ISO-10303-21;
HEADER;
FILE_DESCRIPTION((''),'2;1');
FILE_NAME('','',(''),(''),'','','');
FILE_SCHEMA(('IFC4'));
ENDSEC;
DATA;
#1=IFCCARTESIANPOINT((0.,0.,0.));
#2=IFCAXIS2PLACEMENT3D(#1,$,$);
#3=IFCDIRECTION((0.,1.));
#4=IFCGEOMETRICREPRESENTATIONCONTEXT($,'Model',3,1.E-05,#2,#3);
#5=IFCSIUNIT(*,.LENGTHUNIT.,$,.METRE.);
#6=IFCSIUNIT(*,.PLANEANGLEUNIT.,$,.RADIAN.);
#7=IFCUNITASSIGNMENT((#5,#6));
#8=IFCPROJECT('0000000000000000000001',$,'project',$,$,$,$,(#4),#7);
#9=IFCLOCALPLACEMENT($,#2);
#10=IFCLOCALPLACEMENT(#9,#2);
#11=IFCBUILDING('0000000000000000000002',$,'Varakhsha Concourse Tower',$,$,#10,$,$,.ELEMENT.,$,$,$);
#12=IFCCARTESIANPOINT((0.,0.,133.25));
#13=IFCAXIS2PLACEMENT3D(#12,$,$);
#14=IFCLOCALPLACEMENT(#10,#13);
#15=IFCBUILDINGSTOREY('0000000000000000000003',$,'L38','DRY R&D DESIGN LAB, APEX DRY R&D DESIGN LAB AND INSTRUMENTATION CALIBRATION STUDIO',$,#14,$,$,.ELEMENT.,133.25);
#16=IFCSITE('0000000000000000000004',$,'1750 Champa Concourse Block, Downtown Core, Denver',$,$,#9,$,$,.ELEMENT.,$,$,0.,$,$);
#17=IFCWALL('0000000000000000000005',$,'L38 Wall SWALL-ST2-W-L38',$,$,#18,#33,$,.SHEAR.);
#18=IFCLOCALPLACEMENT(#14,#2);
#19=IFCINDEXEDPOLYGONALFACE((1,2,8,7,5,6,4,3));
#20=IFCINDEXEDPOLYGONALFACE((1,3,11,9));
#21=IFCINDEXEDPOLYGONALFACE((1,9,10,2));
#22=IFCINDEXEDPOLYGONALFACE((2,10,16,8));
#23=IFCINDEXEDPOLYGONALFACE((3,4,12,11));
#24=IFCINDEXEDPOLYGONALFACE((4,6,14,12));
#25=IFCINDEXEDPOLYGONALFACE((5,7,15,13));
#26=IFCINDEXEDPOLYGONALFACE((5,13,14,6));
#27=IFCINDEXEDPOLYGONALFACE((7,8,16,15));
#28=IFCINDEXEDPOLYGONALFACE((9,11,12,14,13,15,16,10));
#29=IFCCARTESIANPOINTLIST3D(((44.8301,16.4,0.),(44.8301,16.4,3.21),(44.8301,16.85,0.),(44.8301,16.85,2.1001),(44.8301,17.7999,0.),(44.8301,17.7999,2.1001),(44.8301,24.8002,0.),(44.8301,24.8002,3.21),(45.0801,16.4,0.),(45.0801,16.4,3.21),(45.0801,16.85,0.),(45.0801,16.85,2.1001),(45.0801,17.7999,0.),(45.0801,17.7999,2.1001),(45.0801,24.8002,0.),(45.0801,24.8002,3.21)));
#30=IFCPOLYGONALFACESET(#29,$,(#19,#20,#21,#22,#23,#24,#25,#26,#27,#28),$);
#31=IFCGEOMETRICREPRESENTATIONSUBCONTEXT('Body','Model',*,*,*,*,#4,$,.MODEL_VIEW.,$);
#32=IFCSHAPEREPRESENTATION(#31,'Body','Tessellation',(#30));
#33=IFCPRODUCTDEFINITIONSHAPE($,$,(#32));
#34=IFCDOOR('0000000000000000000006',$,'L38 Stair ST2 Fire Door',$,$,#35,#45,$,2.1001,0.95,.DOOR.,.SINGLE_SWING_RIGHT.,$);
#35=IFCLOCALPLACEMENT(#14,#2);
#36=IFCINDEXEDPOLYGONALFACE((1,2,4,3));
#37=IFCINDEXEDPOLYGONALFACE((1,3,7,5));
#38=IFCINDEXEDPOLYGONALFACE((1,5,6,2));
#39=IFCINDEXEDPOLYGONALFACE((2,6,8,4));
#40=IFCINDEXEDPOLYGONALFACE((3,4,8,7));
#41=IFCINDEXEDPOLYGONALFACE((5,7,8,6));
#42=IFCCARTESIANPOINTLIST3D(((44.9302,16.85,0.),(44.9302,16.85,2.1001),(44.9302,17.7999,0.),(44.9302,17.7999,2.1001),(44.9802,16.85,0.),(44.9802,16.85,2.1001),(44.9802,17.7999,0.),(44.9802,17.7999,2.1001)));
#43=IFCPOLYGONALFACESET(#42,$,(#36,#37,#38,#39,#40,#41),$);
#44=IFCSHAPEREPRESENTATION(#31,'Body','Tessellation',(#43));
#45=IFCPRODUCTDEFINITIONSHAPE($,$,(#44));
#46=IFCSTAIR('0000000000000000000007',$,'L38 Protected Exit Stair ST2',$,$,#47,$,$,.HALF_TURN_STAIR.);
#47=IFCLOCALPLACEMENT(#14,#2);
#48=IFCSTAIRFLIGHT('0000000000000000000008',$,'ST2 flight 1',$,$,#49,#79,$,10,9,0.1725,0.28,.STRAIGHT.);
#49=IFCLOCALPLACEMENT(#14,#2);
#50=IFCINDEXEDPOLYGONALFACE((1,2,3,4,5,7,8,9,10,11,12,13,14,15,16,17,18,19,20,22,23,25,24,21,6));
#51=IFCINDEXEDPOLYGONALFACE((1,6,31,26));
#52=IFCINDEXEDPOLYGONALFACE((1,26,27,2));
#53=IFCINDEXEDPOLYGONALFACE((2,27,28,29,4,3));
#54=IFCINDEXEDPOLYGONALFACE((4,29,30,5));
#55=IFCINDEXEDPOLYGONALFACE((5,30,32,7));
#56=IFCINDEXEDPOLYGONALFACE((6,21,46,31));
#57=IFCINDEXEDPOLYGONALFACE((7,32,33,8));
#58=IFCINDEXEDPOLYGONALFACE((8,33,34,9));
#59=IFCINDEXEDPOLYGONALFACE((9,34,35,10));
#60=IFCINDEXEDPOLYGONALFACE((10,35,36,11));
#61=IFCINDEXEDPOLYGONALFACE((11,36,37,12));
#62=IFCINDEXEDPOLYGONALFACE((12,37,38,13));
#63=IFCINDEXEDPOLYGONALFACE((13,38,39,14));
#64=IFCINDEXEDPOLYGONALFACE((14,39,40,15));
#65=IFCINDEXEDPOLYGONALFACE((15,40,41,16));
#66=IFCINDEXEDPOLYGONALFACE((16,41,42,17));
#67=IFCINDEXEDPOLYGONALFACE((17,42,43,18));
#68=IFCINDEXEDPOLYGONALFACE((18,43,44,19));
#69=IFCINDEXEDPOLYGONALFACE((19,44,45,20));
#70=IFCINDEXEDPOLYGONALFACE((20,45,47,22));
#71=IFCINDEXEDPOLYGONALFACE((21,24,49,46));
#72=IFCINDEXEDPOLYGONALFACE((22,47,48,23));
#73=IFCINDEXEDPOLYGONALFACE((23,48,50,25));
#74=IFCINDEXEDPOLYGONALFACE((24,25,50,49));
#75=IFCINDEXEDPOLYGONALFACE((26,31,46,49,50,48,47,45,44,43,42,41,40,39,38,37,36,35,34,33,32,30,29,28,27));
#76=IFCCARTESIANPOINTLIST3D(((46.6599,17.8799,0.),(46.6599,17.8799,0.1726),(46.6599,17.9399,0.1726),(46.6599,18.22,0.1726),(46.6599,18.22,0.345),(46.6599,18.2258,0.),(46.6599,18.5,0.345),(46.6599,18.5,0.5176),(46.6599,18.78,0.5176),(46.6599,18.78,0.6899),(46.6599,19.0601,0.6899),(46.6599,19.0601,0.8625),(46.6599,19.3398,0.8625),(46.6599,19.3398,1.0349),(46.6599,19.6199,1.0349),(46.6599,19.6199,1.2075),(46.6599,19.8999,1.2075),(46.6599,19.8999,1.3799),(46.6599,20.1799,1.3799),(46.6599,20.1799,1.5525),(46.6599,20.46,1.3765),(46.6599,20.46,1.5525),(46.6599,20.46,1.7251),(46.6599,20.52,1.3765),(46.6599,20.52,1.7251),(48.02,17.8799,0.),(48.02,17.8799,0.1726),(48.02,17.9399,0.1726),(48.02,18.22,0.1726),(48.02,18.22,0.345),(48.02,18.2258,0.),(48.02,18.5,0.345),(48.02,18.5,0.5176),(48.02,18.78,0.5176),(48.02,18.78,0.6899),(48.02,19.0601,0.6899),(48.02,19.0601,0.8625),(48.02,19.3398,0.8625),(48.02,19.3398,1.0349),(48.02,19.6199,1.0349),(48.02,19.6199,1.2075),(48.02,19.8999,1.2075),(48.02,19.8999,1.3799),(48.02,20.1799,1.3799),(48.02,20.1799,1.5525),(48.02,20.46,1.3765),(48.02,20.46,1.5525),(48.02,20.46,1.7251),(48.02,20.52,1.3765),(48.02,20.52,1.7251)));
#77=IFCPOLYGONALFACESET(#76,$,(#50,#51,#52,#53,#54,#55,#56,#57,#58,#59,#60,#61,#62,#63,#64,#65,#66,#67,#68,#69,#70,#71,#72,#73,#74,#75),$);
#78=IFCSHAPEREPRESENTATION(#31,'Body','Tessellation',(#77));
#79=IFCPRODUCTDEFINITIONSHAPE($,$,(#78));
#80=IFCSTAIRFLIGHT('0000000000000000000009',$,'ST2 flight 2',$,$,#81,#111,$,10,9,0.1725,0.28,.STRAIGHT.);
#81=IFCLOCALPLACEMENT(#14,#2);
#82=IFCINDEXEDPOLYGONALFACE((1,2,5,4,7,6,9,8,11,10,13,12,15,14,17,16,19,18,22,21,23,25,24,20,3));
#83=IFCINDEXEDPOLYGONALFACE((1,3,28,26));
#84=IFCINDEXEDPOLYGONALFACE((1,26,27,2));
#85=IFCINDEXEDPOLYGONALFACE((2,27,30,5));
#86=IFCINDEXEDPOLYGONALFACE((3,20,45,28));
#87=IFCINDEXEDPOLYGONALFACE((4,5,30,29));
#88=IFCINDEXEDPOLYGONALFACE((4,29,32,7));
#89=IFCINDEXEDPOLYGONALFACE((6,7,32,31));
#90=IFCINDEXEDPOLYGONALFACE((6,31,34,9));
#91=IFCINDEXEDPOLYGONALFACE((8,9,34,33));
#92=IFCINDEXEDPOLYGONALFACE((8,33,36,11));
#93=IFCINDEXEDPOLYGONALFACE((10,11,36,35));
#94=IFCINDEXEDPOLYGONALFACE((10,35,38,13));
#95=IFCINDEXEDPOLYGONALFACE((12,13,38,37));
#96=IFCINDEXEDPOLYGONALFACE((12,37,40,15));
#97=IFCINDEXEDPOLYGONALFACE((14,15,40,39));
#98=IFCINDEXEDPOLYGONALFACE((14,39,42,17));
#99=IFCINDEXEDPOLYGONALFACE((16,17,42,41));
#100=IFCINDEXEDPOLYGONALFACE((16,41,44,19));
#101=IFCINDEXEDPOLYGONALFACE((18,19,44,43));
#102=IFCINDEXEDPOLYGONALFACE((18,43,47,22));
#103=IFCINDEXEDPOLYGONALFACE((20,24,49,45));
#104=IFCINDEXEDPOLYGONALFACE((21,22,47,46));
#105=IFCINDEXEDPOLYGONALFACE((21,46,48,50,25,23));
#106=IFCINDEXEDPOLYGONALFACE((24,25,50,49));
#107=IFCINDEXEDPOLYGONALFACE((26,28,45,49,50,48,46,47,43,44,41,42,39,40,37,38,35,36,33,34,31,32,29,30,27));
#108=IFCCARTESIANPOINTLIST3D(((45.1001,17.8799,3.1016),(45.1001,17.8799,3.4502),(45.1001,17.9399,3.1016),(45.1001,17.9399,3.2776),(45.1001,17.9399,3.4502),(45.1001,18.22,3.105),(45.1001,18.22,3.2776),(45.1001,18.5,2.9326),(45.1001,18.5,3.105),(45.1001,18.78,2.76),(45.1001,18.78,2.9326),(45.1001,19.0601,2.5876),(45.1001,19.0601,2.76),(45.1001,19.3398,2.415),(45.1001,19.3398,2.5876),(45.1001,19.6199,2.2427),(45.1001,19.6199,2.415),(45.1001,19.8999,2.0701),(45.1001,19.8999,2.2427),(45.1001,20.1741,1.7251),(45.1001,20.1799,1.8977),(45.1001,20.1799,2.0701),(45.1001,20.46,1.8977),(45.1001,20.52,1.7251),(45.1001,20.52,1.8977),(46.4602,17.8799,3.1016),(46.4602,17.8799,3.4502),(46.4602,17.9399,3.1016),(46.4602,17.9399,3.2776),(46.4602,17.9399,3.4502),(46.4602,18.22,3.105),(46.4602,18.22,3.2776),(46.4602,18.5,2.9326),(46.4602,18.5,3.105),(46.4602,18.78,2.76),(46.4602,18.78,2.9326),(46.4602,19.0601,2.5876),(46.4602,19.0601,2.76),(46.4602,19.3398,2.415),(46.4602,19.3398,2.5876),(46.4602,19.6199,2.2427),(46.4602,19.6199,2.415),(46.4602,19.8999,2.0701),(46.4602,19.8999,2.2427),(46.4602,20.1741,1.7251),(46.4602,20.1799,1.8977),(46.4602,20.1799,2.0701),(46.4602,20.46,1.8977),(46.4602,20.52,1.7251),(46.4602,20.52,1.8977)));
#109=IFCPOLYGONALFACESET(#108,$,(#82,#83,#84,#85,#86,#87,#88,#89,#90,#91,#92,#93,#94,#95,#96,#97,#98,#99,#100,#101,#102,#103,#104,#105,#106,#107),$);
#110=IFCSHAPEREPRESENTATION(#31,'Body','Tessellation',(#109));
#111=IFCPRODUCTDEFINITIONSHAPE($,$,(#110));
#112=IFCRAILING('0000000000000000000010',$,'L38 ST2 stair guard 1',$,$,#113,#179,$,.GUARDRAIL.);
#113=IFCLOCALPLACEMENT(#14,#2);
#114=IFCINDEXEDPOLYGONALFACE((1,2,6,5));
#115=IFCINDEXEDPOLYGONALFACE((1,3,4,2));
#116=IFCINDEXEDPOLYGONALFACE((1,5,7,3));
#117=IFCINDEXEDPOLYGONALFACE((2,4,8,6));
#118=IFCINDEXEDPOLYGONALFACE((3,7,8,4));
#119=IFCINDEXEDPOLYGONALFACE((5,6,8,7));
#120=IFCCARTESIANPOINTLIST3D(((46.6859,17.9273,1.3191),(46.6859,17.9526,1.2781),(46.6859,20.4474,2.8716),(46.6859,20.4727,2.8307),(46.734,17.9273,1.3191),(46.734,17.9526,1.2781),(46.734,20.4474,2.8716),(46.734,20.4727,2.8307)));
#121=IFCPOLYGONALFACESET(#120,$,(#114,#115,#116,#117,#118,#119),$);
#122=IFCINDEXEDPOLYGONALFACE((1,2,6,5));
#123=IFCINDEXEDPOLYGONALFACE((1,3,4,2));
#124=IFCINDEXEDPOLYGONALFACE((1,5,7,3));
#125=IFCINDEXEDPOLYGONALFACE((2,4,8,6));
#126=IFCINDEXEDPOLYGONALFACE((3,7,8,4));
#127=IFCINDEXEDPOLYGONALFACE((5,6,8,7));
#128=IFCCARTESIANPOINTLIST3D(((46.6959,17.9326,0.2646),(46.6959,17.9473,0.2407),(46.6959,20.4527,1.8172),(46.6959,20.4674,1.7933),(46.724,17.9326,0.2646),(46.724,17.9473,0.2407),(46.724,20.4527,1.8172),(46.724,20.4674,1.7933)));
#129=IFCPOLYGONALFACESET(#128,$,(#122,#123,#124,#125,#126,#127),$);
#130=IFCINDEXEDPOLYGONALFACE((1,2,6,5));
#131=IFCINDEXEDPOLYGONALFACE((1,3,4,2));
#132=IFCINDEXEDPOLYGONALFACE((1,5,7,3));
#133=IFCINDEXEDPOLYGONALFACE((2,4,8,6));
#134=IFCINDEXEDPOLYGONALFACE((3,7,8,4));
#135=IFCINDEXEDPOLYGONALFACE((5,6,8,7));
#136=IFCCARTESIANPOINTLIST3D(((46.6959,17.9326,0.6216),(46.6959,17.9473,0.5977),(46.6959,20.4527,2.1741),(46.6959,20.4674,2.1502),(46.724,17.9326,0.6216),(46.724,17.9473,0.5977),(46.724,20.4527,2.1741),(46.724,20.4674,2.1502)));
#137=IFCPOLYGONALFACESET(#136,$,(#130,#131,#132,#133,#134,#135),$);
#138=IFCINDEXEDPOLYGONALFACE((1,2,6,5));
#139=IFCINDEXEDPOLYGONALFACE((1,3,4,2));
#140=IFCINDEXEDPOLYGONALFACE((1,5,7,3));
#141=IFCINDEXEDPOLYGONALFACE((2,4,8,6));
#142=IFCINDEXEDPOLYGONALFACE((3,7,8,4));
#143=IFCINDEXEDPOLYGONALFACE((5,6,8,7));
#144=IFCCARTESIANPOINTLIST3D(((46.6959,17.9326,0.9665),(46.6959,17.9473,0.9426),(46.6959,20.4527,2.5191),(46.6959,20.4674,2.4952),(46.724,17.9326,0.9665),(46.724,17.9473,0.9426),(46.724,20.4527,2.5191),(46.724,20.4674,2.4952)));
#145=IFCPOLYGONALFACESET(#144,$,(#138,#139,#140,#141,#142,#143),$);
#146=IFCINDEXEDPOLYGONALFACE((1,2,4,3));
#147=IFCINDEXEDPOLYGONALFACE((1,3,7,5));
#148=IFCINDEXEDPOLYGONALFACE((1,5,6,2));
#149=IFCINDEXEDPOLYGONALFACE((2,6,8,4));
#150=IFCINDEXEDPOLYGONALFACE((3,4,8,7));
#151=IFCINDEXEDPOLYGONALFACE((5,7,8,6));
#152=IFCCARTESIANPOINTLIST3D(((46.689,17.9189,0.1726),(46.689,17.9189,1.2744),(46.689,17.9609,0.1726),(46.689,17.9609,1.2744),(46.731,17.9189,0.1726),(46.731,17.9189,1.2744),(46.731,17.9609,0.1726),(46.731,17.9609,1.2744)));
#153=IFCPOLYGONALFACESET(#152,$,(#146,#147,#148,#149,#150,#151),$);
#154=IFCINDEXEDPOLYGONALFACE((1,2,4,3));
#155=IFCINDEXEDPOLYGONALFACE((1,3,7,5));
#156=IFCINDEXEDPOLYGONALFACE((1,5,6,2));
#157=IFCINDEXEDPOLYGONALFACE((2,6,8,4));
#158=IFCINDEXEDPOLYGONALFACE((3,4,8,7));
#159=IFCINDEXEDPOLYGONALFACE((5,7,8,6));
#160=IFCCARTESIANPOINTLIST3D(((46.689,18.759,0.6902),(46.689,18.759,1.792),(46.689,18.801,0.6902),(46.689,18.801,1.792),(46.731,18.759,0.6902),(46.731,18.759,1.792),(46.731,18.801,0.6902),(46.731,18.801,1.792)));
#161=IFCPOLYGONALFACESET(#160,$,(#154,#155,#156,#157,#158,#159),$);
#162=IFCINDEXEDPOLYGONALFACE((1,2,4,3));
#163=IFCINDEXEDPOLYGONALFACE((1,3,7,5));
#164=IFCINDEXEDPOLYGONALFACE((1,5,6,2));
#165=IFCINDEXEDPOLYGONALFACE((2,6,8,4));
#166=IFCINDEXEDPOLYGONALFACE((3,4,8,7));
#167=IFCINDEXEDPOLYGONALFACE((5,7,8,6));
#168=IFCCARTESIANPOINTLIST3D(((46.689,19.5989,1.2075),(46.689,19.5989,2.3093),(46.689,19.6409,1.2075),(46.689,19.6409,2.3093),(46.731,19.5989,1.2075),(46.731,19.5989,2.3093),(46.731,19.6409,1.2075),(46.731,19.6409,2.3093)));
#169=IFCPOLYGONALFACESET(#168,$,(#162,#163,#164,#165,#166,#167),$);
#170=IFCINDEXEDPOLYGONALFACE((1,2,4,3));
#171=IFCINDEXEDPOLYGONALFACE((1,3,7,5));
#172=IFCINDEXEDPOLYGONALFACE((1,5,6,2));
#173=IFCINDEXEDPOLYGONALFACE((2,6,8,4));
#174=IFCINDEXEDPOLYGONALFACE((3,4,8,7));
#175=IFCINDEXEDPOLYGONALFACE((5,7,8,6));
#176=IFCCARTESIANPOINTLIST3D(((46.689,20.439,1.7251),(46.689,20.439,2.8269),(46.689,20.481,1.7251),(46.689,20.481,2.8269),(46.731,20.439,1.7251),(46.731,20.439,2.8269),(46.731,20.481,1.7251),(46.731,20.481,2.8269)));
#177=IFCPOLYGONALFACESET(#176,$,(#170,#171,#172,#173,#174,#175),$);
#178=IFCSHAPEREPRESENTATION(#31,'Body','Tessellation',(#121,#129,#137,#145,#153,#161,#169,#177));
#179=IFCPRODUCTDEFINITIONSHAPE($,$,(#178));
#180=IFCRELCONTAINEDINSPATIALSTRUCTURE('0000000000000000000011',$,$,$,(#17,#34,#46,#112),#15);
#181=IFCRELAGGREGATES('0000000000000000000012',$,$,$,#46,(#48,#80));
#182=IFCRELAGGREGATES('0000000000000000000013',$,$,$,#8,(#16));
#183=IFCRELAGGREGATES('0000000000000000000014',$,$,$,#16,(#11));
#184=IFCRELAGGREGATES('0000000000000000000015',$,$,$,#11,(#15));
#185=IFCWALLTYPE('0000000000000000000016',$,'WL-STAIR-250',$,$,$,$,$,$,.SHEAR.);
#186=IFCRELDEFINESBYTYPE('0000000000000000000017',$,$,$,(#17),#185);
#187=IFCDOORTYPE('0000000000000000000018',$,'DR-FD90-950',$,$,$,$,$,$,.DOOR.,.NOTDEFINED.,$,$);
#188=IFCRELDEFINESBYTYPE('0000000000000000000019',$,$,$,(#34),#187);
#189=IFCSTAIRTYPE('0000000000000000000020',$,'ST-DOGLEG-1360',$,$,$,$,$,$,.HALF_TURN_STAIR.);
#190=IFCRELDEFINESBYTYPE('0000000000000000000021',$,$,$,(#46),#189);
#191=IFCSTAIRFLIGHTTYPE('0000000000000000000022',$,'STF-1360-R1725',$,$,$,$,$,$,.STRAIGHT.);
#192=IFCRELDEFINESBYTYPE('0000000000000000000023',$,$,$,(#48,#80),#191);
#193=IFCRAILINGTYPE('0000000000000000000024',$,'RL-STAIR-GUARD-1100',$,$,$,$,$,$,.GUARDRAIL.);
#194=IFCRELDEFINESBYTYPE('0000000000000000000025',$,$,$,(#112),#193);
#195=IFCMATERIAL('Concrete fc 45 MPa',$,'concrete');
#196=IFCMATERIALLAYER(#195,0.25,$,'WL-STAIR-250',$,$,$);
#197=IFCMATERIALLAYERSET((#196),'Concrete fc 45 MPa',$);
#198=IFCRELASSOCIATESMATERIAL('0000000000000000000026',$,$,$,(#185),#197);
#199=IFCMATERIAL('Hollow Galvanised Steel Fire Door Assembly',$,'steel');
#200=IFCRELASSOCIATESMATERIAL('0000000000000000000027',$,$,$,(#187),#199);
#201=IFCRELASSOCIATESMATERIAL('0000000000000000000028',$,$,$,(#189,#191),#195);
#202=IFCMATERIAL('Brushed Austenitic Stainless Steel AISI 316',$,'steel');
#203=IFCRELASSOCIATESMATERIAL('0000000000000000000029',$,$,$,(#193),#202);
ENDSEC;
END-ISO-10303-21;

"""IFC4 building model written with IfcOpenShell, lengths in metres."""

from ifc_helpers import new_model, si_unit, direction, frame, frame_2d, origin, origin_2d, place, context, subcontext, project, spatial, polyline, rectangle, outline, extrude, material, layer, layer_set, type_object, element, fill, aggregate, save


model = new_model("IFC4")

# Units and contexts
model_context = context("Model", 3, precision=1e-05, world=origin(), true_north=direction((0.0, 1.0)))
body_context = subcontext(model_context, "Body", "Model", "MODEL_VIEW")
ifc_project = project(units=[si_unit("LENGTHUNIT", "METRE"), si_unit("PLANEANGLEUNIT", "RADIAN")], contexts=[model_context])

# Site, building, storey
site_placement = place(None, origin())
site = spatial("IfcSite", under=ifc_project, at=site_placement, Name="1750 Champa Concourse Block, Downtown Core, Denver", CompositionType="ELEMENT", RefElevation=0.0)
building_placement = place(site_placement, origin())
building = spatial("IfcBuilding", under=site, at=building_placement, Name="Varakhsha Concourse Tower", CompositionType="ELEMENT")
storey_placement = place(building_placement, frame((0.0, 0.0, 133.25)))
storey = spatial("IfcBuildingStorey", under=building, at=storey_placement, Name="L38", Description="DRY R&D DESIGN LAB, APEX DRY R&D DESIGN LAB AND INSTRUMENTATION CALIBRATION STUDIO", CompositionType="ELEMENT", Elevation=133.25)

# Shared definitions
ifc_material_1 = material(Name="Hollow Galvanised Steel Fire Door Assembly", Category="steel")

# Wall, opening, door
ifc_material_2 = material(Name="Concrete fc 45 MPa", Category="concrete")
ifc_layer_1 = layer(ifc_material_2, 0.25, Name="WL-STAIR-250")
ifc_layer_set_1 = layer_set([ifc_layer_1], Name="Concrete fc 45 MPa")
wall_type_1 = type_object("IfcWallType", Name="WL-STAIR-250", PredefinedType="SHEAR", material=ifc_layer_set_1)
wall_1_placement = place(storey_placement, frame((44.9551, 16.3999, 0.0), z_axis=(0.0, 0.0, 1.0), x_axis=(0.0, 1.0, 0.0)))
wall_1 = element("IfcWall", 1, at=wall_1_placement, inside=storey, type_object=wall_type_1, Name="L38 Wall SWALL-ST2-W-L38", PredefinedType="SHEAR", context=body_context, shape_type="SweptSolid", body=[
    extrude(rectangle(XDim=8.4001, YDim=0.25, at=frame_2d((4.2002, 0.0))), origin(), (0.0, 0.0, 1.0), 3.21),
])
opening_1_placement = place(wall_1_placement, frame((0.45, 0.0, 0.0)))
opening_1 = element("IfcOpeningElement", 2, at=opening_1_placement, cuts=wall_1, PredefinedType="OPENING", context=body_context, shape_type="SweptSolid", body=[
    extrude(rectangle(XDim=0.95, YDim=2.1001, at=frame_2d((0.4751, 1.05))), frame((0.0, 0.135, 0.0), z_axis=(0.0, -1.0, 0.0), x_axis=(1.0, 0.0, 0.0)), (0.0, 0.0, 1.0), 0.27),
])
door_type_1 = type_object("IfcDoorType", Name="DR-FD90-950", OperationType="NOTDEFINED", PredefinedType="DOOR", material=ifc_material_1)
door_1_placement = place(opening_1_placement, origin())
door_1 = element("IfcDoor", 3, at=door_1_placement, inside=storey, type_object=door_type_1, Name="L38 Stair ST2 Fire Door", OperationType="SINGLE_SWING_RIGHT", OverallHeight=2.1001, OverallWidth=0.95, PredefinedType="DOOR", context=body_context, shape_type="SweptSolid", body=[
    extrude(rectangle(XDim=0.95, YDim=2.1001, at=frame_2d((0.4751, 1.05))), frame((0.0, 0.0249, 0.0), z_axis=(0.0, -1.0, 0.0), x_axis=(1.0, 0.0, 0.0)), (0.0, 0.0, 1.0), 0.05),
])
fill(opening_1, door_1)

# Stair, stair flights
stair_type = type_object("IfcStairType", Name="ST-DOGLEG-1360", PredefinedType="HALF_TURN_STAIR", material=ifc_material_2)
stair_placement = place(storey_placement, origin())
stair = element("IfcStair", 4, at=stair_placement, inside=storey, type_object=stair_type, Name="L38 Protected Exit Stair ST2", PredefinedType="HALF_TURN_STAIR")
stair_flight_type = type_object("IfcStairFlightType", Name="STF-1360-R1725", PredefinedType="STRAIGHT", material=ifc_material_2)
stair_flight_1_placement = place(storey_placement, frame((47.3401, 17.9399, 0.0), z_axis=(0.0, 0.0, 1.0), x_axis=(0.0, 1.0, 0.0)))
stair_flight_1 = element("IfcStairFlight", 5, at=stair_flight_1_placement, type_object=stair_flight_type, Name="ST2 flight 1", NumberOfRisers=10, NumberOfTreads=9, PredefinedType="STRAIGHT", RiserHeight=0.1725, TreadLength=0.28, context=body_context, shape_type="SweptSolid", body=[
    extrude(outline(polyline([(-0.0601, 0.0), (-0.0601, 0.1726), (0.0, 0.1726), (0.28, 0.1726), (0.28, 0.345), (0.5601, 0.345), (0.5601, 0.5176), (0.8401, 0.5176), (0.8401, 0.6899), (1.1201, 0.6899), (1.1201, 0.8625), (1.3999, 0.8625), (1.3999, 1.0349), (1.6799, 1.0349), (1.6799, 1.2075), (1.96, 1.2075), (1.96, 1.3799), (2.24, 1.3799), (2.24, 1.5525), (2.52, 1.5525), (2.52, 1.7251), (2.5801, 1.7251), (2.5801, 1.3765), (2.52, 1.3765), (0.2859, 0.0), (-0.0601, 0.0)])), frame((0.0, 0.6802, 0.0), z_axis=(0.0, -1.0, 0.0), x_axis=(1.0, 0.0, 0.0)), (0.0, 0.0, 1.0), 1.3601),
])
stair_flight_2_placement = place(storey_placement, frame((45.78, 20.46, 1.7251), z_axis=(0.0, 0.0, 1.0), x_axis=(0.0, -1.0, 0.0)))
stair_flight_2 = element("IfcStairFlight", 6, at=stair_flight_2_placement, type_object=stair_flight_type, Name="ST2 flight 2", NumberOfRisers=10, NumberOfTreads=9, PredefinedType="STRAIGHT", RiserHeight=0.1725, TreadLength=0.28, context=body_context, shape_type="SweptSolid", body=[
    extrude(outline(polyline([(-0.0601, 0.0), (-0.0601, 0.1726), (0.0, 0.1726), (0.28, 0.1726), (0.28, 0.345), (0.5601, 0.345), (0.5601, 0.5176), (0.8401, 0.5176), (0.8401, 0.6899), (1.1201, 0.6899), (1.1201, 0.8625), (1.3999, 0.8625), (1.3999, 1.0349), (1.6799, 1.0349), (1.6799, 1.2075), (1.96, 1.2075), (1.96, 1.3799), (2.24, 1.3799), (2.24, 1.5525), (2.52, 1.5525), (2.52, 1.7251), (2.5801, 1.7251), (2.5801, 1.3765), (2.52, 1.3765), (0.2859, 0.0), (-0.0601, 0.0)])), frame((0.0, 0.6802, 0.0), z_axis=(0.0, -1.0, 0.0), x_axis=(1.0, 0.0, 0.0)), (0.0, 0.0, 1.0), 1.3601),
])
aggregate(stair, [stair_flight_1, stair_flight_2])

# Railing
ifc_material_3 = material(Name="Brushed Austenitic Stainless Steel AISI 316", Category="steel")
railing_type_1 = type_object("IfcRailingType", Name="RL-STAIR-GUARD-1100", PredefinedType="GUARDRAIL", material=ifc_material_3)
railing_1_placement = place(storey_placement, frame((46.71, 17.9399, 0.1726)))
element("IfcRailing", 7, at=railing_1_placement, inside=storey, type_object=railing_type_1, Name="L38 ST2 stair guard 1", PredefinedType="GUARDRAIL", context=body_context, shape_type="SweptSolid", body=[
    extrude(rectangle(XDim=0.0481, YDim=0.0481, at=origin_2d()), frame((0.0, 0.0, 1.126), z_axis=(0.0, 0.8514, 0.524516), x_axis=(-1.0, 0.0, 0.0)), (0.0, 0.0, 1.0), 2.96),
    extrude(rectangle(XDim=0.0281, YDim=0.0281, at=origin_2d()), frame((0.0, 0.0, 0.0801), z_axis=(0.0, 0.8514, 0.524516), x_axis=(-1.0, 0.0, 0.0)), (0.0, 0.0, 1.0), 2.96),
    extrude(rectangle(XDim=0.0281, YDim=0.0281, at=origin_2d()), frame((0.0, 0.0, 0.437), z_axis=(0.0, 0.8514, 0.524516), x_axis=(-1.0, 0.0, 0.0)), (0.0, 0.0, 1.0), 2.96),
    extrude(rectangle(XDim=0.0281, YDim=0.0281, at=origin_2d()), frame((0.0, 0.0, 0.782), z_axis=(0.0, 0.8514, 0.524516), x_axis=(-1.0, 0.0, 0.0)), (0.0, 0.0, 1.0), 2.96),
    extrude(rectangle(XDim=0.042, YDim=0.042, at=origin_2d()), origin(), (0.0, 0.0, 1.0), 1.1018),
    extrude(rectangle(XDim=0.042, YDim=0.042, at=origin_2d()), frame((0.0, 0.8401, 0.5176)), (0.0, 0.0, 1.0), 1.1018),
    extrude(rectangle(XDim=0.042, YDim=0.042, at=origin_2d()), frame((0.0, 1.6799, 1.0349)), (0.0, 0.0, 1.0), 1.1018),
    extrude(rectangle(XDim=0.042, YDim=0.042, at=origin_2d()), frame((0.0, 2.52, 1.5525)), (0.0, 0.0, 1.0), 1.1018),
])

save(model, "model.ifc")
